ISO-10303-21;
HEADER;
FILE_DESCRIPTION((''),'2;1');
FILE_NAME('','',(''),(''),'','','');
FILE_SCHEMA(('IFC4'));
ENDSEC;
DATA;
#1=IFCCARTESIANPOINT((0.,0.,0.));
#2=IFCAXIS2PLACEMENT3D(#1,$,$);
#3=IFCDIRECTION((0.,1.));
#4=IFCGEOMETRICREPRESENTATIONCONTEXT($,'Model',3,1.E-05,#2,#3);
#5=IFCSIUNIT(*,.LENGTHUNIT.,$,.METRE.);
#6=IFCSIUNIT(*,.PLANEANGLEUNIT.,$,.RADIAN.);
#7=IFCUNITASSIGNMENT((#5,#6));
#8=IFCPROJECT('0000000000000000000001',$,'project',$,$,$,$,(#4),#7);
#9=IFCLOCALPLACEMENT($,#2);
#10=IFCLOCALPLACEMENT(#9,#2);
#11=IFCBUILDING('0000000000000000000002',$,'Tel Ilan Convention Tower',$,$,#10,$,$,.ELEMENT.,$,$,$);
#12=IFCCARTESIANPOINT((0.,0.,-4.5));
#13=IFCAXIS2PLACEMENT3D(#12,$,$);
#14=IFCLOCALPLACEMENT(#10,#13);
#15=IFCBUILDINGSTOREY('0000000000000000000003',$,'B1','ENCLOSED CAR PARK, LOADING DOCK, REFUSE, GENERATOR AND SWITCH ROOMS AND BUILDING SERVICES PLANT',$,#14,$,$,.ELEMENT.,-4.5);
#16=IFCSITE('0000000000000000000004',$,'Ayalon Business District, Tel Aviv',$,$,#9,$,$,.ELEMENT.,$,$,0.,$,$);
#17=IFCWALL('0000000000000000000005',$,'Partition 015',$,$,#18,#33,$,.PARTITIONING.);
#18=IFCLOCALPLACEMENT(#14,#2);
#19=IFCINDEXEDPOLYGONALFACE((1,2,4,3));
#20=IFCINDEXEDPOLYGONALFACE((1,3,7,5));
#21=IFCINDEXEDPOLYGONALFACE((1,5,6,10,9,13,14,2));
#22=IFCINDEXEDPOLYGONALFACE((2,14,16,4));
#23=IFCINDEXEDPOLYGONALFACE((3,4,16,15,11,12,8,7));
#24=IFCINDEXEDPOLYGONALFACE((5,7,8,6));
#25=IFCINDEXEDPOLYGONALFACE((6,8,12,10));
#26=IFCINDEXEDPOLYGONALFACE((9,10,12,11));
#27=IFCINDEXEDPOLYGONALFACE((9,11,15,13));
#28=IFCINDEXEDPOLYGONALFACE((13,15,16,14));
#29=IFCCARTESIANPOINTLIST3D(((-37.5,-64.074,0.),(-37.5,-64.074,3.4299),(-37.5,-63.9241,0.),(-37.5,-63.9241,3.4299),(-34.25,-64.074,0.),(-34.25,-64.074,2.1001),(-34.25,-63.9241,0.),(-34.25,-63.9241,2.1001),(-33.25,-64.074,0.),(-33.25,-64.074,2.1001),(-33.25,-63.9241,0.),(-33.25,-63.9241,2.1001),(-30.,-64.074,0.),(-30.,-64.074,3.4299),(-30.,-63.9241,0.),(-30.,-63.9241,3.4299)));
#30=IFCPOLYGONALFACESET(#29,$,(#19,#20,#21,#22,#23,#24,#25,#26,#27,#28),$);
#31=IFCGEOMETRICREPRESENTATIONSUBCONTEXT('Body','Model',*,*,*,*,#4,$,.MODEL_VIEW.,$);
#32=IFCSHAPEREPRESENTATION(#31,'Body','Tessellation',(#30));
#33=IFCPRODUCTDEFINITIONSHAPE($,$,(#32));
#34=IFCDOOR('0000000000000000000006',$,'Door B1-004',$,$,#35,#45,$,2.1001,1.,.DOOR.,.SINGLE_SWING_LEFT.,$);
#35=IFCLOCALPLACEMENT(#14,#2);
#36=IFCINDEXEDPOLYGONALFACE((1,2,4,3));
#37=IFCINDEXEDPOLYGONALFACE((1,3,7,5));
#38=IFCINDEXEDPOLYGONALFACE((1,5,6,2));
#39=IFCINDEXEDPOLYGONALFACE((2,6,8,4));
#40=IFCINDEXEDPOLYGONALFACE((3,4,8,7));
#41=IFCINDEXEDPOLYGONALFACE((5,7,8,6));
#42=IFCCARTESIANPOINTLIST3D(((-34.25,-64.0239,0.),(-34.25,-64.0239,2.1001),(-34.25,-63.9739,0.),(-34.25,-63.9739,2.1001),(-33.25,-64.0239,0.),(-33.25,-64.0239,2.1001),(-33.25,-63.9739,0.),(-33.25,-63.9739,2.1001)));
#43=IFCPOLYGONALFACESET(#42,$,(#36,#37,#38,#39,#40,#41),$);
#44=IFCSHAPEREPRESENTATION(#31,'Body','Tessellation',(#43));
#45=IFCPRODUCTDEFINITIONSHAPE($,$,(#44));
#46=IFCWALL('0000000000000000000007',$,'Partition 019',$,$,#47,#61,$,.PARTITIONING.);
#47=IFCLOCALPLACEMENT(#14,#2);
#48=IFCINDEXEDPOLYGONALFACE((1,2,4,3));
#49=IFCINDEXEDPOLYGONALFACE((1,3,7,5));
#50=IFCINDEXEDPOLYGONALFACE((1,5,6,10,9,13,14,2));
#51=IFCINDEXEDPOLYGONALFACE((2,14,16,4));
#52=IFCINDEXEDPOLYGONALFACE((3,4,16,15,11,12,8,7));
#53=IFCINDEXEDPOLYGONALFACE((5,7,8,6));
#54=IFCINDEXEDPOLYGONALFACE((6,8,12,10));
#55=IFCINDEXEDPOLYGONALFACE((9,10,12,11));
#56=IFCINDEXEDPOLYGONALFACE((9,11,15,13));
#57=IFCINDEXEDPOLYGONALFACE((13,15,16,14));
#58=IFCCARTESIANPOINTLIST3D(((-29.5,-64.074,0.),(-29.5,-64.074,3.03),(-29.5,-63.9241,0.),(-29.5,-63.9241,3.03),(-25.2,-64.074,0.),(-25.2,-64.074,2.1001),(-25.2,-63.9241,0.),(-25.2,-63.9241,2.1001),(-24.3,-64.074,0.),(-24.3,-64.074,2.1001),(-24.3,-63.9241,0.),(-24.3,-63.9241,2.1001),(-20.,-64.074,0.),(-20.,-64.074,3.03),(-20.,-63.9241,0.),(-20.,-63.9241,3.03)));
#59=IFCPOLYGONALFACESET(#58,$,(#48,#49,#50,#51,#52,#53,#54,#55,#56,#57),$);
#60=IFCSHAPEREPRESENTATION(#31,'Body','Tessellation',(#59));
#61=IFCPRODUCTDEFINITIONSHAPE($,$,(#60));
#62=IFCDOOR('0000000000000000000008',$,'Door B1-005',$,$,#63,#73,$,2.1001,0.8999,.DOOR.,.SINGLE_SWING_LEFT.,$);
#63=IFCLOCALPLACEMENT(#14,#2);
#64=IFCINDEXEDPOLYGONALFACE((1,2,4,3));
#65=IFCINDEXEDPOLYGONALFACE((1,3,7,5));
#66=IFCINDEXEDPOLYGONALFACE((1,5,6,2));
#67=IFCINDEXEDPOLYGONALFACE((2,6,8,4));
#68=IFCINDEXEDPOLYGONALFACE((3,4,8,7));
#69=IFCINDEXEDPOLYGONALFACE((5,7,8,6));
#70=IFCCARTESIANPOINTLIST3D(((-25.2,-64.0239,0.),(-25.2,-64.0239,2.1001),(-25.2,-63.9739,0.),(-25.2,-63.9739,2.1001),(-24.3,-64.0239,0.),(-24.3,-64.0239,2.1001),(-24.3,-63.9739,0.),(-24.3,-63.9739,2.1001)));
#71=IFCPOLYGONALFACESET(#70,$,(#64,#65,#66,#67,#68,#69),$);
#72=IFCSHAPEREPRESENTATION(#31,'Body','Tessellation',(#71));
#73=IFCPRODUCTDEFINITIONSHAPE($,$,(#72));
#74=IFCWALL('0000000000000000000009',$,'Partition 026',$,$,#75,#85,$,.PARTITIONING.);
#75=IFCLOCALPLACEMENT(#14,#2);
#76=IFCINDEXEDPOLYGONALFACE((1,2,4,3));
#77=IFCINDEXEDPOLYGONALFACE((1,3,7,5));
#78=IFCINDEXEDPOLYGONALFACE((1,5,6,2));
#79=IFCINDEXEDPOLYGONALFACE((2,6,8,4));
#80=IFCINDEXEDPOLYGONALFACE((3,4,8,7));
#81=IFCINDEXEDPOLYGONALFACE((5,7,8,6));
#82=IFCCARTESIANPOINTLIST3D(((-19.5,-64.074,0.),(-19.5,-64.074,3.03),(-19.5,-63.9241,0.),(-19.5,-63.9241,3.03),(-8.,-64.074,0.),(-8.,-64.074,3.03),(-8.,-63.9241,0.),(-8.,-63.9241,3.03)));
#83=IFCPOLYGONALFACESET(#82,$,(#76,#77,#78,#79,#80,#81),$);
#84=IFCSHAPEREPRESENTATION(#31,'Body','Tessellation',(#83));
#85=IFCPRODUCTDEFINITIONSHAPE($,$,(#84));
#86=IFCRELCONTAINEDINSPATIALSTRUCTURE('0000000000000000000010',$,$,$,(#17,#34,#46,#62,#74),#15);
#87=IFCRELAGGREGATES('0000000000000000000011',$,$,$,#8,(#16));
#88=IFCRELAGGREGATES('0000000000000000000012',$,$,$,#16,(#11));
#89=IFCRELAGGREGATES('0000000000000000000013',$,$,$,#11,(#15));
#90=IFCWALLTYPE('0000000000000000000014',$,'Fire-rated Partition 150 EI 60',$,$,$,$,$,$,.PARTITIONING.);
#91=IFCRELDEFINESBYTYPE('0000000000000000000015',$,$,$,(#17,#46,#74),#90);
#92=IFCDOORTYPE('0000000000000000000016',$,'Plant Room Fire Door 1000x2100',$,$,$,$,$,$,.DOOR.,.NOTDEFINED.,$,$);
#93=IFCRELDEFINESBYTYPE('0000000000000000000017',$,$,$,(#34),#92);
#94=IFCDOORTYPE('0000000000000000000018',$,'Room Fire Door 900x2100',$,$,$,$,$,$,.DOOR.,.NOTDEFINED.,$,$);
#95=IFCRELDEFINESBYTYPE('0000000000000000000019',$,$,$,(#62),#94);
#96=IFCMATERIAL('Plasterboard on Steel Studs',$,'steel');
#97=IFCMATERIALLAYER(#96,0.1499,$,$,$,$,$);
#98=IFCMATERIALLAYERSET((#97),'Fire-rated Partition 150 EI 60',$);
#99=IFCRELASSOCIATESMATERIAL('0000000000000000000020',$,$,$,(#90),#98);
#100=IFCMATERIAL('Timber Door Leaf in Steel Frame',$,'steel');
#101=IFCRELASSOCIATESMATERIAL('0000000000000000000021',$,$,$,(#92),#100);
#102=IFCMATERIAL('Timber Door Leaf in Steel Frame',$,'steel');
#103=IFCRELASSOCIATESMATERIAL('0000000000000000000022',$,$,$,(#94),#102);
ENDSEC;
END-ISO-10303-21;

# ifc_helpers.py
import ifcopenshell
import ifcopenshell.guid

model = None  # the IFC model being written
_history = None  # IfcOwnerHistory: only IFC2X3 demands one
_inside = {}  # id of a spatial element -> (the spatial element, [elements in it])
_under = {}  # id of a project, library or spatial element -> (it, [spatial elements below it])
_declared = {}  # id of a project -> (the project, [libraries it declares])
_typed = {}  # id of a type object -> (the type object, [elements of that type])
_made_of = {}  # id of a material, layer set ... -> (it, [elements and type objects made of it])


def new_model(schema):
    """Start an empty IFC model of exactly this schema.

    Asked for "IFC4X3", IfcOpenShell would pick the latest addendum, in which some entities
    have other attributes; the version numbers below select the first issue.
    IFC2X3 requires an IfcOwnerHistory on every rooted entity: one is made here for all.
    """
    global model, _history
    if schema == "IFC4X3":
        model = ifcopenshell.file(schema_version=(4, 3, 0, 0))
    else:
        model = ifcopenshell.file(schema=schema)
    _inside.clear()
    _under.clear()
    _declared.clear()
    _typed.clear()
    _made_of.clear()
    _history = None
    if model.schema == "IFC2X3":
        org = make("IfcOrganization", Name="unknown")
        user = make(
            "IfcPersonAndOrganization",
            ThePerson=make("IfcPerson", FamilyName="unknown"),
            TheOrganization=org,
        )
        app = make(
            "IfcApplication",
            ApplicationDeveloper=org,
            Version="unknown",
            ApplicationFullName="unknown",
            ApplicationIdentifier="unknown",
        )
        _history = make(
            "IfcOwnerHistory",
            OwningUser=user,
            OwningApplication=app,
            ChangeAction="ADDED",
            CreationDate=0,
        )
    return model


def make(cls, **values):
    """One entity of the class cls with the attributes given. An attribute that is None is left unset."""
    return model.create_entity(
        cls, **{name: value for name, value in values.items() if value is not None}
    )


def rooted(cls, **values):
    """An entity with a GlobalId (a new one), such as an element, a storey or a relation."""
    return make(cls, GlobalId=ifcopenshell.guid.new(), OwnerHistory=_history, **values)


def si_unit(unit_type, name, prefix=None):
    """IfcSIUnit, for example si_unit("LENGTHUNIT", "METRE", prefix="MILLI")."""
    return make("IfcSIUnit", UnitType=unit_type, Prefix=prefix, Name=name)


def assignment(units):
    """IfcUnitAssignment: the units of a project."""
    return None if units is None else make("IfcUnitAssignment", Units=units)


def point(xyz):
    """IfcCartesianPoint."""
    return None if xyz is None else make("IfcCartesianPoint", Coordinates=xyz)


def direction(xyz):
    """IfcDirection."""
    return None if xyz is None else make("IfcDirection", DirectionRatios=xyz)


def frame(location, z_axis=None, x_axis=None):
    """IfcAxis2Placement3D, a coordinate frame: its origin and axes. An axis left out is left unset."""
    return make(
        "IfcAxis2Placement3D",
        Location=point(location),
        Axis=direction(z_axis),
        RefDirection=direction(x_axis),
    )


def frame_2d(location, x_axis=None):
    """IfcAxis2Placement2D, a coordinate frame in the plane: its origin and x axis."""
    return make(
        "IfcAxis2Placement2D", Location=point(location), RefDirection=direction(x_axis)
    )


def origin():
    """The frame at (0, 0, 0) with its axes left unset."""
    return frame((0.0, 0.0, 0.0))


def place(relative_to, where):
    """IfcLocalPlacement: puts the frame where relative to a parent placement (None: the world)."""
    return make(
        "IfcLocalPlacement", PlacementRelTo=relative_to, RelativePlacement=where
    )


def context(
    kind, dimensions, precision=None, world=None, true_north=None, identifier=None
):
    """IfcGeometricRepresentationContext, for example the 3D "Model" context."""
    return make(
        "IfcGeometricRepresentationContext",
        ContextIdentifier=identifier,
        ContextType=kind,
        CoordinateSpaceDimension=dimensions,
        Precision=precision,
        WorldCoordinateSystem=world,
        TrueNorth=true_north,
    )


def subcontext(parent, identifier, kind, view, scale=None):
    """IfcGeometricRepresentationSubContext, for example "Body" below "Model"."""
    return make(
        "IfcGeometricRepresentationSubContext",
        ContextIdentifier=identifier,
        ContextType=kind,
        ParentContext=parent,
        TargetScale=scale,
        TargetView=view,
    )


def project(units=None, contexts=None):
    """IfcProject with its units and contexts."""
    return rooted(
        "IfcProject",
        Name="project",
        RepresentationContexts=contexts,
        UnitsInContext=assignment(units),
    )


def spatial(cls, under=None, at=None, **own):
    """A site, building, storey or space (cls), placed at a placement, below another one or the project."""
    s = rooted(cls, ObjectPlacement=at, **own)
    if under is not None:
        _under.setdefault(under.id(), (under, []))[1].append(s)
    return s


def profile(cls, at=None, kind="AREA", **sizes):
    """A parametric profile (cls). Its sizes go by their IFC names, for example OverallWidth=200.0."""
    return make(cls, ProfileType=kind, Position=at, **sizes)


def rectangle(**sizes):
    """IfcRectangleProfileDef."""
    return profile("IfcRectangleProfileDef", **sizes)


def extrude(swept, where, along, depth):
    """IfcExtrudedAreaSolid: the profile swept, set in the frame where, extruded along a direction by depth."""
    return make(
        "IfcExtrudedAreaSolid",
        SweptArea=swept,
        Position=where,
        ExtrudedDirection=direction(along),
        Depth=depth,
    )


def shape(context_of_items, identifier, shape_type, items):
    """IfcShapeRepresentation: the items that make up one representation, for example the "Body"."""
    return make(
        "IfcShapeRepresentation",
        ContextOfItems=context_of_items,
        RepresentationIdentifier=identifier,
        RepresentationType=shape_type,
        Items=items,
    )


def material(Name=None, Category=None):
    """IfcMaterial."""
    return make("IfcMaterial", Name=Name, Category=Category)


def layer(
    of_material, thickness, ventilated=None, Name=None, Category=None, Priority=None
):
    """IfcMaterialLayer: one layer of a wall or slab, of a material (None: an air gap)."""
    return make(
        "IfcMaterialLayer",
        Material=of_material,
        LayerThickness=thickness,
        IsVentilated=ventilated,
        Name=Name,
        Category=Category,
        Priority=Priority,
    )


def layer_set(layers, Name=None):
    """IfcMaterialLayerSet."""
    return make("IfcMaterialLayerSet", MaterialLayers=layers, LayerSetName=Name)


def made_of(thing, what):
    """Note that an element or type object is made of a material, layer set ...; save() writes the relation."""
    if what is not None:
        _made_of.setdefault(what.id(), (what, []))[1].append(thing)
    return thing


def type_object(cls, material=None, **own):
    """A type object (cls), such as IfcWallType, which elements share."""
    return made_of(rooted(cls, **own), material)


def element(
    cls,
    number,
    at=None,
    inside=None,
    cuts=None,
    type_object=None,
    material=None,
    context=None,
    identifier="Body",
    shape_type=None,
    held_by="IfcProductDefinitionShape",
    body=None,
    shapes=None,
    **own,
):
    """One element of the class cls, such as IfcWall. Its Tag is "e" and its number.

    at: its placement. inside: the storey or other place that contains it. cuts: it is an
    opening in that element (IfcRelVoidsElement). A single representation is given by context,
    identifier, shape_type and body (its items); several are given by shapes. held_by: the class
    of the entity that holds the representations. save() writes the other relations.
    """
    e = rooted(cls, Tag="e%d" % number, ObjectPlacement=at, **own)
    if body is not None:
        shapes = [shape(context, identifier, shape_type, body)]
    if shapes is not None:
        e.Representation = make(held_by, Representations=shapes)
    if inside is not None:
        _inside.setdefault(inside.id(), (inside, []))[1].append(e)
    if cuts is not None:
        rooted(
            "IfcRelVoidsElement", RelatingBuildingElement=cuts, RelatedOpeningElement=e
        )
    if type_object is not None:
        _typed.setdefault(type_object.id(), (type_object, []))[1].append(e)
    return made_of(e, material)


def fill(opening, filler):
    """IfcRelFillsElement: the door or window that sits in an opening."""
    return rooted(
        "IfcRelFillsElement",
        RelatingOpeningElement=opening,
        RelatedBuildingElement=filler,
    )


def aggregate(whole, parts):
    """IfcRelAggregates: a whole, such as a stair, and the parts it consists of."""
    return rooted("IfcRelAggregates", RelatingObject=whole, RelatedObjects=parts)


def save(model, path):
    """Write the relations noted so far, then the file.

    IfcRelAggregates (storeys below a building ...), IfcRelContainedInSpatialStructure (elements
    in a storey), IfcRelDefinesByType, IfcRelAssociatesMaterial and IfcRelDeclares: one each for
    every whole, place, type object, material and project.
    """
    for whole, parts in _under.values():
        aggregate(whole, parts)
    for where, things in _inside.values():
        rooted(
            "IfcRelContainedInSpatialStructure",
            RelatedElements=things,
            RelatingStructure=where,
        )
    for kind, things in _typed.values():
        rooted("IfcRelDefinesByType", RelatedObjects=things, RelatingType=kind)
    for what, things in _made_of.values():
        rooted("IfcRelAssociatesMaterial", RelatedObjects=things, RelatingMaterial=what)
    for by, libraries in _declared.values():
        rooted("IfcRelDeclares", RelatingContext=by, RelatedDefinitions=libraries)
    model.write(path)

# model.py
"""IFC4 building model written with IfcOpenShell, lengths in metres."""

from ifc_helpers import new_model, si_unit, direction, frame, frame_2d, origin, place, context, subcontext, project, spatial, rectangle, extrude, material, layer, layer_set, type_object, element, fill, save


model = new_model("IFC4")

# Units and contexts
model_context = context("Model", 3, precision=1e-05, world=origin(), true_north=direction((0.0, 1.0)))
body_context = subcontext(model_context, "Body", "Model", "MODEL_VIEW")
ifc_project = project(units=[si_unit("LENGTHUNIT", "METRE"), si_unit("PLANEANGLEUNIT", "RADIAN")], contexts=[model_context])

# Site, building, storey
site_placement = place(None, origin())
site = spatial("IfcSite", under=ifc_project, at=site_placement, Name="Ayalon Business District, Tel Aviv", CompositionType="ELEMENT", RefElevation=0.0)
building_placement = place(site_placement, origin())
building = spatial("IfcBuilding", under=site, at=building_placement, Name="Tel Ilan Convention Tower", CompositionType="ELEMENT")
storey_placement = place(building_placement, frame((0.0, 0.0, -4.5)))
storey = spatial("IfcBuildingStorey", under=building, at=storey_placement, Name="B1", Description="ENCLOSED CAR PARK, LOADING DOCK, REFUSE, GENERATOR AND SWITCH ROOMS AND BUILDING SERVICES PLANT", CompositionType="ELEMENT", Elevation=-4.5)

# Walls, openings, doors
ifc_material_1 = material(Name="Plasterboard on Steel Studs", Category="steel")
ifc_layer_1 = layer(ifc_material_1, 0.1499)
ifc_layer_set_1 = layer_set([ifc_layer_1], Name="Fire-rated Partition 150 EI 60")
wall_type = type_object("IfcWallType", Name="Fire-rated Partition 150 EI 60", PredefinedType="PARTITIONING", material=ifc_layer_set_1)
wall_1_placement = place(storey_placement, frame((-30.0, -63.999, 0.0), z_axis=(0.0, 0.0, 1.0), x_axis=(-1.0, 0.0, 0.0)))
wall_1 = element("IfcWall", 1, at=wall_1_placement, inside=storey, type_object=wall_type, Name="Partition 015", PredefinedType="PARTITIONING", context=body_context, shape_type="SweptSolid", body=[
    extrude(rectangle(XDim=7.5, YDim=0.1499, at=frame_2d((3.75, 0.0))), origin(), (0.0, 0.0, 1.0), 3.4299),
])
opening_1_placement = place(wall_1_placement, frame((3.25, 0.0, 0.0)))
opening_1 = element("IfcOpeningElement", 2, at=opening_1_placement, cuts=wall_1, PredefinedType="OPENING", context=body_context, shape_type="SweptSolid", body=[
    extrude(rectangle(XDim=1.0, YDim=2.1001, at=frame_2d((0.5, 1.05))), frame((0.0, 0.085, 0.0), z_axis=(0.0, -1.0, 0.0), x_axis=(1.0, 0.0, 0.0)), (0.0, 0.0, 1.0), 0.1699),
])
ifc_material_2 = material(Name="Timber Door Leaf in Steel Frame", Category="steel")
door_type_1 = type_object("IfcDoorType", Name="Plant Room Fire Door 1000x2100", OperationType="NOTDEFINED", PredefinedType="DOOR", material=ifc_material_2)
door_1_placement = place(opening_1_placement, origin())
door_1 = element("IfcDoor", 3, at=door_1_placement, inside=storey, type_object=door_type_1, Name="Door B1-004", OperationType="SINGLE_SWING_LEFT", OverallHeight=2.1001, OverallWidth=1.0, PredefinedType="DOOR", context=body_context, shape_type="SweptSolid", body=[
    extrude(rectangle(XDim=1.0, YDim=2.1001, at=frame_2d((0.5, 1.05))), frame((0.0, 0.0249, 0.0), z_axis=(0.0, -1.0, 0.0), x_axis=(1.0, 0.0, 0.0)), (0.0, 0.0, 1.0), 0.05),
])
fill(opening_1, door_1)
wall_2_placement = place(storey_placement, frame((-20.0, -63.999, 0.0), z_axis=(0.0, 0.0, 1.0), x_axis=(-1.0, 0.0, 0.0)))
wall_2 = element("IfcWall", 4, at=wall_2_placement, inside=storey, type_object=wall_type, Name="Partition 019", PredefinedType="PARTITIONING", context=body_context, shape_type="SweptSolid", body=[
    extrude(rectangle(XDim=9.5, YDim=0.1499, at=frame_2d((4.75, 0.0))), origin(), (0.0, 0.0, 1.0), 3.03),
])
opening_2_placement = place(wall_2_placement, frame((4.3, 0.0, 0.0)))
opening_2 = element("IfcOpeningElement", 5, at=opening_2_placement, cuts=wall_2, PredefinedType="OPENING", context=body_context, shape_type="SweptSolid", body=[
    extrude(rectangle(XDim=0.8999, YDim=2.1001, at=frame_2d((0.45, 1.05))), frame((0.0, 0.085, 0.0), z_axis=(0.0, -1.0, 0.0), x_axis=(1.0, 0.0, 0.0)), (0.0, 0.0, 1.0), 0.1699),
])
ifc_material_3 = material(Name="Timber Door Leaf in Steel Frame", Category="steel")
door_type_2 = type_object("IfcDoorType", Name="Room Fire Door 900x2100", OperationType="NOTDEFINED", PredefinedType="DOOR", material=ifc_material_3)
door_2_placement = place(opening_2_placement, origin())
door_2 = element("IfcDoor", 6, at=door_2_placement, inside=storey, type_object=door_type_2, Name="Door B1-005", OperationType="SINGLE_SWING_LEFT", OverallHeight=2.1001, OverallWidth=0.8999, PredefinedType="DOOR", context=body_context, shape_type="SweptSolid", body=[
    extrude(rectangle(XDim=0.8999, YDim=2.1001, at=frame_2d((0.45, 1.05))), frame((0.0, 0.0249, 0.0), z_axis=(0.0, -1.0, 0.0), x_axis=(1.0, 0.0, 0.0)), (0.0, 0.0, 1.0), 0.05),
])
fill(opening_2, door_2)

# Wall
wall_3_placement = place(storey_placement, frame((-8.0, -63.999, 0.0), z_axis=(0.0, 0.0, 1.0), x_axis=(-1.0, 0.0, 0.0)))
element("IfcWall", 7, at=wall_3_placement, inside=storey, type_object=wall_type, Name="Partition 026", PredefinedType="PARTITIONING", context=body_context, shape_type="SweptSolid", body=[
    extrude(rectangle(XDim=11.5, YDim=0.1499, at=frame_2d((5.75, 0.0))), origin(), (0.0, 0.0, 1.0), 3.03),
])

save(model, "model.ifc")
